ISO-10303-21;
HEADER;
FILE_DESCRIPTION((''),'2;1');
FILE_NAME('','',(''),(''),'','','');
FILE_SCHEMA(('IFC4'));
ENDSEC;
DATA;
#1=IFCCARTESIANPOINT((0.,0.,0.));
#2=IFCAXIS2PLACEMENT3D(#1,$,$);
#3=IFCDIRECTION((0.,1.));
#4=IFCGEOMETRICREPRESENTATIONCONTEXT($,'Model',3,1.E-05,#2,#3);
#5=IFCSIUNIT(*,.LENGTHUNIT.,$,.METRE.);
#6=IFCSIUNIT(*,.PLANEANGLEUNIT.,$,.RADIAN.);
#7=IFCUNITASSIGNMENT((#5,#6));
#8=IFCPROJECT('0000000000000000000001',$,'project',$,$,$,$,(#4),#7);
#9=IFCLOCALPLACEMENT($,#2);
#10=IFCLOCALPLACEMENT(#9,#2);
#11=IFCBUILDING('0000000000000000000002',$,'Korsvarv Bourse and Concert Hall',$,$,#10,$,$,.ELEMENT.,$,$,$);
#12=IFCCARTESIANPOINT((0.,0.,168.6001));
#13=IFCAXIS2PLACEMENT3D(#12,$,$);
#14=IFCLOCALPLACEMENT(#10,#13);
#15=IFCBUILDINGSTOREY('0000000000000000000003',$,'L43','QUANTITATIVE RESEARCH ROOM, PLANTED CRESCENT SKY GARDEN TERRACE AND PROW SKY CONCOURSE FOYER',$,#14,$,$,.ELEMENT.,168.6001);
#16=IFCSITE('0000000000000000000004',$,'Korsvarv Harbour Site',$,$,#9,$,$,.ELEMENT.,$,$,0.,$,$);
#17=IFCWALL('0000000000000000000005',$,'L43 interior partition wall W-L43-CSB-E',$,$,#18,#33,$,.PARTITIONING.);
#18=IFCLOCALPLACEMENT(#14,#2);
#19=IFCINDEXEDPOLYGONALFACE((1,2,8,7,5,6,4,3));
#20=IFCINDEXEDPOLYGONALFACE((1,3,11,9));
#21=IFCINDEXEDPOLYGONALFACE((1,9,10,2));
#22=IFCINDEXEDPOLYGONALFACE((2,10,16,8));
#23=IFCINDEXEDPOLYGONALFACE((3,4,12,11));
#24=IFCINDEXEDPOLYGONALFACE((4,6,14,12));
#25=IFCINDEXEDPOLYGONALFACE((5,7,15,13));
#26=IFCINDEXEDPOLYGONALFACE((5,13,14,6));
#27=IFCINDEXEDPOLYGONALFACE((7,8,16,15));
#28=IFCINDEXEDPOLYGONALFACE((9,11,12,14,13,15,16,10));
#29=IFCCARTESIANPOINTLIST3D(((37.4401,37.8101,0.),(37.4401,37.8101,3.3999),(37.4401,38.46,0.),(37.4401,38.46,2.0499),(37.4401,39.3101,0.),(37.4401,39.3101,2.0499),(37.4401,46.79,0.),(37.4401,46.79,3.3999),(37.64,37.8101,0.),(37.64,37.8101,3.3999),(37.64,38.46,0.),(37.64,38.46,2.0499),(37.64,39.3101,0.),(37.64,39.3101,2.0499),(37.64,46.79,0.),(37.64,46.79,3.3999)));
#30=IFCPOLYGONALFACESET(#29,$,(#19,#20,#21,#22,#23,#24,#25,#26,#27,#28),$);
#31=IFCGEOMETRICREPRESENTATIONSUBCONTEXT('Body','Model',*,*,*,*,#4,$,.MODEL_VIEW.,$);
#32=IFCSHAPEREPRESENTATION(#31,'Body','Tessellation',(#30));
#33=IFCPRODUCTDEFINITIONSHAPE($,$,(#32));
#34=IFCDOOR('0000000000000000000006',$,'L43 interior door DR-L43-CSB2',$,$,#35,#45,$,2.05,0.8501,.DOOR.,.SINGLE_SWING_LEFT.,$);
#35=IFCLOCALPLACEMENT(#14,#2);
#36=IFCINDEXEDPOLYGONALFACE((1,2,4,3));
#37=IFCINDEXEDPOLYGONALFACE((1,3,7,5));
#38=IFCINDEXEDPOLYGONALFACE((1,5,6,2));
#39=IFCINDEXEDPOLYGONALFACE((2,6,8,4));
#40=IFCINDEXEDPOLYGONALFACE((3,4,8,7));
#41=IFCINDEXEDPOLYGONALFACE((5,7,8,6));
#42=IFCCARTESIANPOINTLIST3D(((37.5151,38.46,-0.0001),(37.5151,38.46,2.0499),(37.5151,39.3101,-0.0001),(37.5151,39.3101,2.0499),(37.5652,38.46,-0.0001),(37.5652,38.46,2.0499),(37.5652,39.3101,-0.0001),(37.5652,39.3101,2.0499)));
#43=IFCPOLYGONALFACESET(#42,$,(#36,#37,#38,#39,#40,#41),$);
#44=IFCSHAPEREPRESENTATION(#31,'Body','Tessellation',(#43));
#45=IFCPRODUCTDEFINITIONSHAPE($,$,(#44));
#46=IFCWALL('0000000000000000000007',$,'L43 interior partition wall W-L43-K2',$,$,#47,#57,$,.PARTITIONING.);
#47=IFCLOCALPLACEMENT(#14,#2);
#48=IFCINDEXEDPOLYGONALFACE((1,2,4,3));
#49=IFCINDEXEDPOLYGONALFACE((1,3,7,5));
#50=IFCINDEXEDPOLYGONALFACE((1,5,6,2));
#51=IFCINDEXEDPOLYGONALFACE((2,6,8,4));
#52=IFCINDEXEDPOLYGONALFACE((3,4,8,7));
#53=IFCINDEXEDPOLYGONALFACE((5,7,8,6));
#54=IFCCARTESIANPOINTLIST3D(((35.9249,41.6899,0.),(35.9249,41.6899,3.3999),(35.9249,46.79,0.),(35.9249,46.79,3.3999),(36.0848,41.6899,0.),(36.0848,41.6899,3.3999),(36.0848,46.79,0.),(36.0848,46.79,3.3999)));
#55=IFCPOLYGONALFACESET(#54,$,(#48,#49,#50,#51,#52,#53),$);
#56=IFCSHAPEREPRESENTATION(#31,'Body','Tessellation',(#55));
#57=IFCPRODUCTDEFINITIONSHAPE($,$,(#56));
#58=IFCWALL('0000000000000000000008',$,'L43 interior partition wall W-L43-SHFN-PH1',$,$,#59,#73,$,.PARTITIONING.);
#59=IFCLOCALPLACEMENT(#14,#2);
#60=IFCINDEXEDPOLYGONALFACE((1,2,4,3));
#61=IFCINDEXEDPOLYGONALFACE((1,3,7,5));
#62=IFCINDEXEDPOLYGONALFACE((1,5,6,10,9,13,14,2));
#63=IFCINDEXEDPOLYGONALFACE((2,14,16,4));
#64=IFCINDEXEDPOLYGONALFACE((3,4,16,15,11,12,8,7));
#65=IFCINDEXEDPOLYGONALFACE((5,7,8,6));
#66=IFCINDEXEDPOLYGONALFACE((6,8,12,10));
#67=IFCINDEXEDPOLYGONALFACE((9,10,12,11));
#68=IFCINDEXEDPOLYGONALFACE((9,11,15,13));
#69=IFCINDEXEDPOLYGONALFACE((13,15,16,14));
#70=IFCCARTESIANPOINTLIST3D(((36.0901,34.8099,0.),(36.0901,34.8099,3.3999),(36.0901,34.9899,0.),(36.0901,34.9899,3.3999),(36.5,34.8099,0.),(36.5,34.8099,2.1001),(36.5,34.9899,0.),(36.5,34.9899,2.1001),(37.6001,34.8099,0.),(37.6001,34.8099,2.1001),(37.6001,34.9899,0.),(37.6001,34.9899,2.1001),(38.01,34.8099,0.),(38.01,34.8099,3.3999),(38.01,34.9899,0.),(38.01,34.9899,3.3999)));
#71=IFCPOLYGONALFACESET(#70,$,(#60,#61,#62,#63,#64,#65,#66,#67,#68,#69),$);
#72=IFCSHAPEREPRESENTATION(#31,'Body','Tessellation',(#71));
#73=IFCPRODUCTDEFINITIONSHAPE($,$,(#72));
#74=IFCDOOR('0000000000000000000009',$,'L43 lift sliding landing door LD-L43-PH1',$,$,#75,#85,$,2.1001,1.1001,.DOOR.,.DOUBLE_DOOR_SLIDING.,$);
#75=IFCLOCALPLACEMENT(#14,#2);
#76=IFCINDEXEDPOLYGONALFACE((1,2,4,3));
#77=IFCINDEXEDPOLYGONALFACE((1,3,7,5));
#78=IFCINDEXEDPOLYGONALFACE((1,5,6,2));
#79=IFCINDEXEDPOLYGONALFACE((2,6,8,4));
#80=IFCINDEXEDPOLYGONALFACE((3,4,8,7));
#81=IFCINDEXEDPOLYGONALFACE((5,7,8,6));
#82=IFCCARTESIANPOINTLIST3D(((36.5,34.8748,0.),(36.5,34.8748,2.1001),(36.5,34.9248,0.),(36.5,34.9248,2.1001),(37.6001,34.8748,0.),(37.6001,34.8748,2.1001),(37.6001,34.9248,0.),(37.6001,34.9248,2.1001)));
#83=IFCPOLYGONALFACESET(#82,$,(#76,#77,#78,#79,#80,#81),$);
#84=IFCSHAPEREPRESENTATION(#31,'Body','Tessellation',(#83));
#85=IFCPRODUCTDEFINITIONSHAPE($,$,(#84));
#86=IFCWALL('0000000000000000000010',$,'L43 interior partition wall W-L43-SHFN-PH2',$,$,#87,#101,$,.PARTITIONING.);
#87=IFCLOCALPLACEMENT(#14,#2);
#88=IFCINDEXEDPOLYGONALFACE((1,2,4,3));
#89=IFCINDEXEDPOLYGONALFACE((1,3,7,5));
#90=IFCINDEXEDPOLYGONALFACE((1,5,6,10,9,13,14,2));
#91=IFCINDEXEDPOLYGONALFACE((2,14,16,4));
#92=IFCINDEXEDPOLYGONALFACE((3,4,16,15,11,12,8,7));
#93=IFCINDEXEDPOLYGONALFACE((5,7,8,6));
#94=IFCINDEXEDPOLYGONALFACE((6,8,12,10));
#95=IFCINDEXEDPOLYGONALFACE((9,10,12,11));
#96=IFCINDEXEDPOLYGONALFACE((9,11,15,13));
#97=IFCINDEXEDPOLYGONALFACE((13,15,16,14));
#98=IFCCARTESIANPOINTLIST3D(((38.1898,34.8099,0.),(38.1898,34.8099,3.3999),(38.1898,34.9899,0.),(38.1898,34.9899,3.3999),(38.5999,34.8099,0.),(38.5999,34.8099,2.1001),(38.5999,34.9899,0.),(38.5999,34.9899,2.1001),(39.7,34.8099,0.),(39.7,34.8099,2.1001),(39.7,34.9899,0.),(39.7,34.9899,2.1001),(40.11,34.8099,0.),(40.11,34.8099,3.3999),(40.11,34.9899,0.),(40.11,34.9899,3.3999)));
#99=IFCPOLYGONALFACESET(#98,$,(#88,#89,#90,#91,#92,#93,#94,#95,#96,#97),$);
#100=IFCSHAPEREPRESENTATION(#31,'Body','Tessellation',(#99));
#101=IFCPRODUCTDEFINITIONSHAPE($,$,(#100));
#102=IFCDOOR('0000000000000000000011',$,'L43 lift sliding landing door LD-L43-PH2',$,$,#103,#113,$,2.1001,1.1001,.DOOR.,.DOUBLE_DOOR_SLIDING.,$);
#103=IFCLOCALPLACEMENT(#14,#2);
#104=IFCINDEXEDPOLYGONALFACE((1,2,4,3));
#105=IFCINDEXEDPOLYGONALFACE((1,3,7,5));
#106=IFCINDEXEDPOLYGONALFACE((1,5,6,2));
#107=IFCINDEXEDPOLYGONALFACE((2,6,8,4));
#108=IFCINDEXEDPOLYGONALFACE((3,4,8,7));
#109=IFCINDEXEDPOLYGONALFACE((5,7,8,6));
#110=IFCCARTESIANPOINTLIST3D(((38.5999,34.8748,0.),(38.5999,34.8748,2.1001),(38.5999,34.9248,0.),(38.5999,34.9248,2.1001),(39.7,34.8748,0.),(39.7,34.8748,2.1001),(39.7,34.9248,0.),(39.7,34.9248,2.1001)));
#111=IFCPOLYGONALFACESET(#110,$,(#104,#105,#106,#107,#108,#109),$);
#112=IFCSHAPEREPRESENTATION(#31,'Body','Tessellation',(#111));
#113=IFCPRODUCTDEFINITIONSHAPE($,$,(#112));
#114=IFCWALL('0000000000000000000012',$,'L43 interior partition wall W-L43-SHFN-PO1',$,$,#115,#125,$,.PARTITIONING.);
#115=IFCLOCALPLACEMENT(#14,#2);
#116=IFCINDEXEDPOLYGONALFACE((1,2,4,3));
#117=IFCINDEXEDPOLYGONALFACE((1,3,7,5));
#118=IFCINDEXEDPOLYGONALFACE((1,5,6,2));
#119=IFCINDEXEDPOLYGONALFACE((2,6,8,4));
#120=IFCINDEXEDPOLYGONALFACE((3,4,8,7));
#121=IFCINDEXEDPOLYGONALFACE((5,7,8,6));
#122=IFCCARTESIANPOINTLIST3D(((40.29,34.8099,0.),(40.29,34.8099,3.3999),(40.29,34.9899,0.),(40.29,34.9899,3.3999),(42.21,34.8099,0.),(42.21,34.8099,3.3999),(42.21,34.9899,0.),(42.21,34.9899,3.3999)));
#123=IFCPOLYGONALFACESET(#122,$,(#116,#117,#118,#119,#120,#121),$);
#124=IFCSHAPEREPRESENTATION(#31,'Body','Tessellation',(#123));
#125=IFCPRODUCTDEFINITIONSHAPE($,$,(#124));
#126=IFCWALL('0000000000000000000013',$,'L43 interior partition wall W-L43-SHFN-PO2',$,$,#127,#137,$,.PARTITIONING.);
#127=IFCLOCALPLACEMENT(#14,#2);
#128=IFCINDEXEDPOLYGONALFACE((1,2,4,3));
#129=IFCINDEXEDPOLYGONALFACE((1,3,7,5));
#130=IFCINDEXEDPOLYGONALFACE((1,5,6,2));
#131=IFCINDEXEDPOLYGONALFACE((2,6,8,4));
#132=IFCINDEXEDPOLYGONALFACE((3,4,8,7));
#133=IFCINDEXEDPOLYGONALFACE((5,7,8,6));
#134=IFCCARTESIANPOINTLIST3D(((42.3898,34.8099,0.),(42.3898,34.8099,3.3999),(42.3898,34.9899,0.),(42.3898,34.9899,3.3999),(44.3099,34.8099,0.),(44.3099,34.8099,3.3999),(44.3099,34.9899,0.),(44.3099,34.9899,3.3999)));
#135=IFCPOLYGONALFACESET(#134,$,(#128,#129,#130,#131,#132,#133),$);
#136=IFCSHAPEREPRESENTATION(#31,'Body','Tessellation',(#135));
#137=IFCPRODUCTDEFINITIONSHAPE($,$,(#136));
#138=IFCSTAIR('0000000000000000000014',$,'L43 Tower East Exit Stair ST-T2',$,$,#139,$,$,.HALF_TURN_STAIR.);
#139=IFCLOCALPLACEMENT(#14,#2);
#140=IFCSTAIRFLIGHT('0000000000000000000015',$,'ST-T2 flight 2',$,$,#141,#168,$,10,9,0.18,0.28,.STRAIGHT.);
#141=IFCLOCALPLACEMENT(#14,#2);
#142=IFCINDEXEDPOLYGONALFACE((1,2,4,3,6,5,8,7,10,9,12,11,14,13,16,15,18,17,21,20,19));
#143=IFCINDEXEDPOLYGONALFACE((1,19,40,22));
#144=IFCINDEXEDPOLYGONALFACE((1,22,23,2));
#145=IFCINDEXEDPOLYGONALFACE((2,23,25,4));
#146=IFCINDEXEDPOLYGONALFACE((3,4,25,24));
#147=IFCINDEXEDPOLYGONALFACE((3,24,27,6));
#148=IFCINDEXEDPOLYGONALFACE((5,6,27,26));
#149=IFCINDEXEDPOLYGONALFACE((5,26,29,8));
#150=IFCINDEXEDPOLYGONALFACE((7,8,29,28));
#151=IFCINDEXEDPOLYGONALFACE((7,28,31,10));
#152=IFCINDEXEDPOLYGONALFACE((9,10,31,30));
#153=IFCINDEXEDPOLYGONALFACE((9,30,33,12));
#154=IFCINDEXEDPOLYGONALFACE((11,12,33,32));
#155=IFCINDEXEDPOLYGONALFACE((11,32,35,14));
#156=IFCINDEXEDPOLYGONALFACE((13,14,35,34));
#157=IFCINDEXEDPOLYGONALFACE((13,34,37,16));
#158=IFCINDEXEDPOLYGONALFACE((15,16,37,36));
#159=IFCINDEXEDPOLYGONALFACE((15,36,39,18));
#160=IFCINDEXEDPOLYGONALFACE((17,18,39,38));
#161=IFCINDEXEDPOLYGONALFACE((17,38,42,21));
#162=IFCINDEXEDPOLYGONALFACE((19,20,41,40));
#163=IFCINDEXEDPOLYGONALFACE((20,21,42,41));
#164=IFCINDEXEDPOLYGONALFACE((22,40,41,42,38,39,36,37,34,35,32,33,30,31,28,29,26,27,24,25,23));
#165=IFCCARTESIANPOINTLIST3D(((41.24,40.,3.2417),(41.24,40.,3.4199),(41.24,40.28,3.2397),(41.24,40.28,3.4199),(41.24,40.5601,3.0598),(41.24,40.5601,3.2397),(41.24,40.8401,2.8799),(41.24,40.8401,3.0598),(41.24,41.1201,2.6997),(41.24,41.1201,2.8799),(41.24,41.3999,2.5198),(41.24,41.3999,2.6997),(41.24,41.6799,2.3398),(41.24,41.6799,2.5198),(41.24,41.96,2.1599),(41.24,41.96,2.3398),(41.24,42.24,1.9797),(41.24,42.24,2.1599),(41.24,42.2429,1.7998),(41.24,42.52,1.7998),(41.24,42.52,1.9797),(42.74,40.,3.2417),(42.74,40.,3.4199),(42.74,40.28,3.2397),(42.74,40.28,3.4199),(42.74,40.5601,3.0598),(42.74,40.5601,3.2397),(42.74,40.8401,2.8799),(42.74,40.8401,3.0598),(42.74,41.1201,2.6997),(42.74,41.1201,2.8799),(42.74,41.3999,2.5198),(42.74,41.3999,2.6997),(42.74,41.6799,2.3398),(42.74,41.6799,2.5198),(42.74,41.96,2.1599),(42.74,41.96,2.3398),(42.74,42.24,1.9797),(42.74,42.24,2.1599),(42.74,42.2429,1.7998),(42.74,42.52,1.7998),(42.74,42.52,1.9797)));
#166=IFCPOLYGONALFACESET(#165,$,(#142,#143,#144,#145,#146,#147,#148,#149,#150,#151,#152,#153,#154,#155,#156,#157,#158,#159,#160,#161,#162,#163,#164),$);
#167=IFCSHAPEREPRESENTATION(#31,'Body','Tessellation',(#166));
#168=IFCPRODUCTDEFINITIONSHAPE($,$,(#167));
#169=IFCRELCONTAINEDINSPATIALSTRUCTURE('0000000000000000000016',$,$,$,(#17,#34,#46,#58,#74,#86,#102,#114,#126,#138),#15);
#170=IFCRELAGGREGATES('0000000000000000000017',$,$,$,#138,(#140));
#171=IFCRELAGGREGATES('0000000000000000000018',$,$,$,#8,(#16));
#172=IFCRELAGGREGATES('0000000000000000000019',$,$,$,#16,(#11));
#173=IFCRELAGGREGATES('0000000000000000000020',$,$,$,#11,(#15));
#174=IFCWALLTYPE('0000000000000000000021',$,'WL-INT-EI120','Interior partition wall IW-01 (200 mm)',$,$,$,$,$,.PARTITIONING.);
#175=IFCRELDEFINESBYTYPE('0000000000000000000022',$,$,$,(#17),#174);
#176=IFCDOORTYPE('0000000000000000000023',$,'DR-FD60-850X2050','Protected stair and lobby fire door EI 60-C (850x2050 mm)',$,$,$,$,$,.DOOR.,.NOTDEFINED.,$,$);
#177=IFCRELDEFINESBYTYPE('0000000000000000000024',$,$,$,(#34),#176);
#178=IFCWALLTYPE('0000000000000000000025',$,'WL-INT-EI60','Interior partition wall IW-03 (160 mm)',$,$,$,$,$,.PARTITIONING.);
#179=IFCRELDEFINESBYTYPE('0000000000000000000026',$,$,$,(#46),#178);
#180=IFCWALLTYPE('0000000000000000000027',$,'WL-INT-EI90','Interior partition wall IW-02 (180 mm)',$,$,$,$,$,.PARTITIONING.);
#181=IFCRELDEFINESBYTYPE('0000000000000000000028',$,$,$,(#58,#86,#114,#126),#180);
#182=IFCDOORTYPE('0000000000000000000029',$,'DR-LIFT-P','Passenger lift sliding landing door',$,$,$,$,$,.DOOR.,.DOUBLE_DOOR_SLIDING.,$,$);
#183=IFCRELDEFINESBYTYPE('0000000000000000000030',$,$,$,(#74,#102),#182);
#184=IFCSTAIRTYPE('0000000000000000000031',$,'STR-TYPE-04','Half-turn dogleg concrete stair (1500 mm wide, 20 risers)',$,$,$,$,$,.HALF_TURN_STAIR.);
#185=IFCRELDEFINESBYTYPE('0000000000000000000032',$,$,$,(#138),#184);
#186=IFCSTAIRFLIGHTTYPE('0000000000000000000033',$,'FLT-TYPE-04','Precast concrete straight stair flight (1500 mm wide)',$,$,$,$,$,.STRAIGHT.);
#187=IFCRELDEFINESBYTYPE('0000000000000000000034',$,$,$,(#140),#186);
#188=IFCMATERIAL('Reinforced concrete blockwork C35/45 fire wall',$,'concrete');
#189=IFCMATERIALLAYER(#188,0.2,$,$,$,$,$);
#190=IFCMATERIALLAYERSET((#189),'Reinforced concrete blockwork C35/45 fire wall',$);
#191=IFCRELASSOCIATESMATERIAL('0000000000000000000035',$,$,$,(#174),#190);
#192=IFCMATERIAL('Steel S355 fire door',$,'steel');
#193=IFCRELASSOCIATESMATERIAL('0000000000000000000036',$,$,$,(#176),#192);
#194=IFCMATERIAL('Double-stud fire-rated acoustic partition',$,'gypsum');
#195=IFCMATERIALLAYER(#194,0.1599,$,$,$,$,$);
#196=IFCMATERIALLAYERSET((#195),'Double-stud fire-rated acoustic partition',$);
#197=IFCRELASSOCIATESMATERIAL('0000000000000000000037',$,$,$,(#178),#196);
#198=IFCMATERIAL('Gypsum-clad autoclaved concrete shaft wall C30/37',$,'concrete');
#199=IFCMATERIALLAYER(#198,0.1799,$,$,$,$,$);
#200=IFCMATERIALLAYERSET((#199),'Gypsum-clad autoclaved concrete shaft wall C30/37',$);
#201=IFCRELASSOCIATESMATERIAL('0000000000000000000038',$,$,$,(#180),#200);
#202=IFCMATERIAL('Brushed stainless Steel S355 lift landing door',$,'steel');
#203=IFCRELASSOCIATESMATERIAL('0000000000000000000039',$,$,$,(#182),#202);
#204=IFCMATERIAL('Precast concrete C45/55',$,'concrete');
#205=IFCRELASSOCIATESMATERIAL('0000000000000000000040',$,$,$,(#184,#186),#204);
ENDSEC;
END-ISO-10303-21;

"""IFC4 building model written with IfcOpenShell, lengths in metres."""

from ifc_helpers import new_model, si_unit, direction, frame, frame_2d, origin, place, context, subcontext, project, spatial, polyline, rectangle, outline, extrude, material, layer, layer_set, type_object, element, fill, aggregate, save


model = new_model("IFC4")

# Units and contexts
model_context = context("Model", 3, precision=1e-05, world=origin(), true_north=direction((0.0, 1.0)))
body_context = subcontext(model_context, "Body", "Model", "MODEL_VIEW")
ifc_project = project(units=[si_unit("LENGTHUNIT", "METRE"), si_unit("PLANEANGLEUNIT", "RADIAN")], contexts=[model_context])

# Site, building, storey
site_placement = place(None, origin())
site = spatial("IfcSite", under=ifc_project, at=site_placement, Name="Korsvarv Harbour Site", CompositionType="ELEMENT", RefElevation=0.0)
building_placement = place(site_placement, origin())
building = spatial("IfcBuilding", under=site, at=building_placement, Name="Korsvarv Bourse and Concert Hall", CompositionType="ELEMENT")
storey_placement = place(building_placement, frame((0.0, 0.0, 168.6001)))
storey = spatial("IfcBuildingStorey", under=building, at=storey_placement, Name="L43", Description="QUANTITATIVE RESEARCH ROOM, PLANTED CRESCENT SKY GARDEN TERRACE AND PROW SKY CONCOURSE FOYER", CompositionType="ELEMENT", Elevation=168.6001)

# Shared definitions
ifc_material_1 = material(Name="Steel S355 fire door", Category="steel")

# Wall, opening, door
ifc_material_2 = material(Name="Reinforced concrete blockwork C35/45 fire wall", Category="concrete")
ifc_layer_1 = layer(ifc_material_2, 0.2)
ifc_layer_set_1 = layer_set([ifc_layer_1], Name="Reinforced concrete blockwork C35/45 fire wall")
wall_type_1 = type_object("IfcWallType", Name="WL-INT-EI120", Description="Interior partition wall IW-01 (200 mm)", PredefinedType="PARTITIONING", material=ifc_layer_set_1)
wall_1_placement = place(storey_placement, frame((37.54, 37.8101, 0.0), z_axis=(0.0, 0.0, 1.0), x_axis=(0.0, 1.0, 0.0)))
wall_1 = element("IfcWall", 1, at=wall_1_placement, inside=storey, type_object=wall_type_1, Name="L43 interior partition wall W-L43-CSB-E", PredefinedType="PARTITIONING", context=body_context, shape_type="SweptSolid", body=[
    extrude(rectangle(XDim=8.98, YDim=0.2, at=frame_2d((4.49, 0.0))), origin(), (0.0, 0.0, 1.0), 3.3999),
])
opening_1_placement = place(wall_1_placement, frame((0.6499, 0.0, 0.0)))
opening_1 = element("IfcOpeningElement", 2, at=opening_1_placement, cuts=wall_1, PredefinedType="OPENING", context=body_context, shape_type="SweptSolid", body=[
    extrude(rectangle(XDim=0.8501, YDim=2.05, at=frame_2d((0.425, 1.0249))), frame((0.0, 0.1099, 0.0), z_axis=(0.0, -1.0, 0.0), x_axis=(1.0, 0.0, 0.0)), (0.0, 0.0, 1.0), 0.22),
])
door_type_1 = type_object("IfcDoorType", Name="DR-FD60-850X2050", Description="Protected stair and lobby fire door EI 60-C (850x2050 mm)", OperationType="NOTDEFINED", PredefinedType="DOOR", material=ifc_material_1)
door_1_placement = place(opening_1_placement, origin())
door_1 = element("IfcDoor", 3, at=door_1_placement, inside=storey, type_object=door_type_1, Name="L43 interior door DR-L43-CSB2", OperationType="SINGLE_SWING_LEFT", OverallHeight=2.05, OverallWidth=0.8501, PredefinedType="DOOR", context=body_context, shape_type="SweptSolid", body=[
    extrude(rectangle(XDim=0.8501, YDim=2.05, at=frame_2d((0.425, 1.0249))), frame((0.0, 0.0249, 0.0), z_axis=(0.0, -1.0, 0.0), x_axis=(1.0, 0.0, 0.0)), (0.0, 0.0, 1.0), 0.05),
])
fill(opening_1, door_1)

# Wall
ifc_material_3 = material(Name="Double-stud fire-rated acoustic partition", Category="gypsum")
ifc_layer_2 = layer(ifc_material_3, 0.1599)
ifc_layer_set_2 = layer_set([ifc_layer_2], Name="Double-stud fire-rated acoustic partition")
wall_type_2 = type_object("IfcWallType", Name="WL-INT-EI60", Description="Interior partition wall IW-03 (160 mm)", PredefinedType="PARTITIONING", material=ifc_layer_set_2)
wall_2_placement = place(storey_placement, frame((36.0049, 41.6899, 0.0), z_axis=(0.0, 0.0, 1.0), x_axis=(0.0, 1.0, 0.0)))
element("IfcWall", 4, at=wall_2_placement, inside=storey, type_object=wall_type_2, Name="L43 interior partition wall W-L43-K2", PredefinedType="PARTITIONING", context=body_context, shape_type="SweptSolid", body=[
    extrude(rectangle(XDim=5.1001, YDim=0.1599, at=frame_2d((2.55, 0.0))), origin(), (0.0, 0.0, 1.0), 3.3999),
])

# Walls, openings, doors
ifc_material_4 = material(Name="Gypsum-clad autoclaved concrete shaft wall C30/37", Category="concrete")
ifc_layer_3 = layer(ifc_material_4, 0.1799)
ifc_layer_set_3 = layer_set([ifc_layer_3], Name="Gypsum-clad autoclaved concrete shaft wall C30/37")
wall_type_3 = type_object("IfcWallType", Name="WL-INT-EI90", Description="Interior partition wall IW-02 (180 mm)", PredefinedType="PARTITIONING", material=ifc_layer_set_3)
wall_3_placement = place(storey_placement, frame((36.0901, 34.8999, 0.0), z_axis=(0.0, 0.0, 1.0), x_axis=(1.0, 0.0, 0.0)))
wall_3 = element("IfcWall", 5, at=wall_3_placement, inside=storey, type_object=wall_type_3, Name="L43 interior partition wall W-L43-SHFN-PH1", PredefinedType="PARTITIONING", context=body_context, shape_type="SweptSolid", body=[
    extrude(rectangle(XDim=1.9199, YDim=0.1799, at=frame_2d((0.96, 0.0))), origin(), (0.0, 0.0, 1.0), 3.3999),
])
opening_2_placement = place(wall_3_placement, frame((0.4099, 0.0, 0.0)))
opening_2 = element("IfcOpeningElement", 6, at=opening_2_placement, cuts=wall_3, PredefinedType="OPENING", context=body_context, shape_type="SweptSolid", body=[
    extrude(rectangle(XDim=1.1001, YDim=2.1001, at=frame_2d((0.55, 1.05))), frame((0.0, 0.1001, 0.0), z_axis=(0.0, -1.0, 0.0), x_axis=(1.0, 0.0, 0.0)), (0.0, 0.0, 1.0), 0.2),
])
ifc_material_5 = material(Name="Brushed stainless Steel S355 lift landing door", Category="steel")
door_type_2 = type_object("IfcDoorType", Name="DR-LIFT-P", Description="Passenger lift sliding landing door", OperationType="DOUBLE_DOOR_SLIDING", PredefinedType="DOOR", material=ifc_material_5)
door_2_placement = place(opening_2_placement, origin())
door_2 = element("IfcDoor", 7, at=door_2_placement, inside=storey, type_object=door_type_2, Name="L43 lift sliding landing door LD-L43-PH1", OperationType="DOUBLE_DOOR_SLIDING", OverallHeight=2.1001, OverallWidth=1.1001, PredefinedType="DOOR", context=body_context, shape_type="SweptSolid", body=[
    extrude(rectangle(XDim=1.1001, YDim=2.1001, at=frame_2d((0.55, 1.05))), frame((0.0, 0.0249, 0.0), z_axis=(0.0, -1.0, 0.0), x_axis=(1.0, 0.0, 0.0)), (0.0, 0.0, 1.0), 0.05),
])
fill(opening_2, door_2)
wall_4_placement = place(storey_placement, frame((38.1899, 34.8999, 0.0), z_axis=(0.0, 0.0, 1.0), x_axis=(1.0, 0.0, 0.0)))
wall_4 = element("IfcWall", 8, at=wall_4_placement, inside=storey, type_object=wall_type_3, Name="L43 interior partition wall W-L43-SHFN-PH2", PredefinedType="PARTITIONING", context=body_context, shape_type="SweptSolid", body=[
    extrude(rectangle(XDim=1.9202, YDim=0.1799, at=frame_2d((0.96, 0.0))), origin(), (0.0, 0.0, 1.0), 3.3999),
])
opening_3_placement = place(wall_4_placement, frame((0.4099, 0.0, 0.0)))
opening_3 = element("IfcOpeningElement", 9, at=opening_3_placement, cuts=wall_4, PredefinedType="OPENING", context=body_context, shape_type="SweptSolid", body=[
    extrude(rectangle(XDim=1.1001, YDim=2.1001, at=frame_2d((0.55, 1.05))), frame((0.0, 0.1001, 0.0), z_axis=(0.0, -1.0, 0.0), x_axis=(1.0, 0.0, 0.0)), (0.0, 0.0, 1.0), 0.2),
])
door_3_placement = place(opening_3_placement, origin())
door_3 = element("IfcDoor", 10, at=door_3_placement, inside=storey, type_object=door_type_2, Name="L43 lift sliding landing door LD-L43-PH2", OperationType="DOUBLE_DOOR_SLIDING", OverallHeight=2.1001, OverallWidth=1.1001, PredefinedType="DOOR", context=body_context, shape_type="SweptSolid", body=[
    extrude(rectangle(XDim=1.1001, YDim=2.1001, at=frame_2d((0.55, 1.05))), frame((0.0, 0.0249, 0.0), z_axis=(0.0, -1.0, 0.0), x_axis=(1.0, 0.0, 0.0)), (0.0, 0.0, 1.0), 0.05),
])
fill(opening_3, door_3)

# Walls
wall_5_placement = place(storey_placement, frame((40.29, 34.8999, 0.0), z_axis=(0.0, 0.0, 1.0), x_axis=(1.0, 0.0, 0.0)))
element("IfcWall", 11, at=wall_5_placement, inside=storey, type_object=wall_type_3, Name="L43 interior partition wall W-L43-SHFN-PO1", PredefinedType="PARTITIONING", context=body_context, shape_type="SweptSolid", body=[
    extrude(rectangle(XDim=1.9199, YDim=0.1799, at=frame_2d((0.96, 0.0))), origin(), (0.0, 0.0, 1.0), 3.3999),
])
wall_6_placement = place(storey_placement, frame((42.3899, 34.8999, 0.0), z_axis=(0.0, 0.0, 1.0), x_axis=(1.0, 0.0, 0.0)))
element("IfcWall", 12, at=wall_6_placement, inside=storey, type_object=wall_type_3, Name="L43 interior partition wall W-L43-SHFN-PO2", PredefinedType="PARTITIONING", context=body_context, shape_type="SweptSolid", body=[
    extrude(rectangle(XDim=1.9202, YDim=0.1799, at=frame_2d((0.96, 0.0))), origin(), (0.0, 0.0, 1.0), 3.3999),
])

# Stair, stair flight
ifc_material_6 = material(Name="Precast concrete C45/55", Category="concrete")
stair_type = type_object("IfcStairType", Name="STR-TYPE-04", Description="Half-turn dogleg concrete stair (1500 mm wide, 20 risers)", PredefinedType="HALF_TURN_STAIR", material=ifc_material_6)
stair_placement = place(storey_placement, origin())
stair = element("IfcStair", 13, at=stair_placement, inside=storey, type_object=stair_type, Name="L43 Tower East Exit Stair ST-T2", PredefinedType="HALF_TURN_STAIR")
stair_flight_type = type_object("IfcStairFlightType", Name="FLT-TYPE-04", Description="Precast concrete straight stair flight (1500 mm wide)", PredefinedType="STRAIGHT", material=ifc_material_6)
stair_flight_placement = place(storey_placement, frame((41.99, 42.52, 1.7998), z_axis=(0.0, 0.0, 1.0), x_axis=(0.0, -1.0, 0.0)))
stair_flight = element("IfcStairFlight", 14, at=stair_flight_placement, type_object=stair_flight_type, Name="ST-T2 flight 2", NumberOfRisers=10, NumberOfTreads=9, PredefinedType="STRAIGHT", RiserHeight=0.18, TreadLength=0.28, context=body_context, shape_type="SweptSolid", body=[
    extrude(outline(polyline([(0.0, 0.0), (0.0, 0.1799), (0.28, 0.1799), (0.28, 0.3601), (0.5601, 0.3601), (0.5601, 0.54), (0.8401, 0.54), (0.8401, 0.72), (1.1201, 0.72), (1.1201, 0.8999), (1.3999, 0.8999), (1.3999, 1.0801), (1.6799, 1.0801), (1.6799, 1.26), (1.96, 1.26), (1.96, 1.4399), (2.24, 1.4399), (2.24, 1.6201), (2.52, 1.6201), (2.52, 1.8), (2.52, 1.4419), (0.2771, 0.0), (0.0, 0.0)])), frame((0.0, 0.75, 0.0), z_axis=(0.0, -1.0, 0.0), x_axis=(1.0, 0.0, 0.0)), (0.0, 0.0, 1.0), 1.5),
])
aggregate(stair, [stair_flight])

save(model, "model.ifc")
